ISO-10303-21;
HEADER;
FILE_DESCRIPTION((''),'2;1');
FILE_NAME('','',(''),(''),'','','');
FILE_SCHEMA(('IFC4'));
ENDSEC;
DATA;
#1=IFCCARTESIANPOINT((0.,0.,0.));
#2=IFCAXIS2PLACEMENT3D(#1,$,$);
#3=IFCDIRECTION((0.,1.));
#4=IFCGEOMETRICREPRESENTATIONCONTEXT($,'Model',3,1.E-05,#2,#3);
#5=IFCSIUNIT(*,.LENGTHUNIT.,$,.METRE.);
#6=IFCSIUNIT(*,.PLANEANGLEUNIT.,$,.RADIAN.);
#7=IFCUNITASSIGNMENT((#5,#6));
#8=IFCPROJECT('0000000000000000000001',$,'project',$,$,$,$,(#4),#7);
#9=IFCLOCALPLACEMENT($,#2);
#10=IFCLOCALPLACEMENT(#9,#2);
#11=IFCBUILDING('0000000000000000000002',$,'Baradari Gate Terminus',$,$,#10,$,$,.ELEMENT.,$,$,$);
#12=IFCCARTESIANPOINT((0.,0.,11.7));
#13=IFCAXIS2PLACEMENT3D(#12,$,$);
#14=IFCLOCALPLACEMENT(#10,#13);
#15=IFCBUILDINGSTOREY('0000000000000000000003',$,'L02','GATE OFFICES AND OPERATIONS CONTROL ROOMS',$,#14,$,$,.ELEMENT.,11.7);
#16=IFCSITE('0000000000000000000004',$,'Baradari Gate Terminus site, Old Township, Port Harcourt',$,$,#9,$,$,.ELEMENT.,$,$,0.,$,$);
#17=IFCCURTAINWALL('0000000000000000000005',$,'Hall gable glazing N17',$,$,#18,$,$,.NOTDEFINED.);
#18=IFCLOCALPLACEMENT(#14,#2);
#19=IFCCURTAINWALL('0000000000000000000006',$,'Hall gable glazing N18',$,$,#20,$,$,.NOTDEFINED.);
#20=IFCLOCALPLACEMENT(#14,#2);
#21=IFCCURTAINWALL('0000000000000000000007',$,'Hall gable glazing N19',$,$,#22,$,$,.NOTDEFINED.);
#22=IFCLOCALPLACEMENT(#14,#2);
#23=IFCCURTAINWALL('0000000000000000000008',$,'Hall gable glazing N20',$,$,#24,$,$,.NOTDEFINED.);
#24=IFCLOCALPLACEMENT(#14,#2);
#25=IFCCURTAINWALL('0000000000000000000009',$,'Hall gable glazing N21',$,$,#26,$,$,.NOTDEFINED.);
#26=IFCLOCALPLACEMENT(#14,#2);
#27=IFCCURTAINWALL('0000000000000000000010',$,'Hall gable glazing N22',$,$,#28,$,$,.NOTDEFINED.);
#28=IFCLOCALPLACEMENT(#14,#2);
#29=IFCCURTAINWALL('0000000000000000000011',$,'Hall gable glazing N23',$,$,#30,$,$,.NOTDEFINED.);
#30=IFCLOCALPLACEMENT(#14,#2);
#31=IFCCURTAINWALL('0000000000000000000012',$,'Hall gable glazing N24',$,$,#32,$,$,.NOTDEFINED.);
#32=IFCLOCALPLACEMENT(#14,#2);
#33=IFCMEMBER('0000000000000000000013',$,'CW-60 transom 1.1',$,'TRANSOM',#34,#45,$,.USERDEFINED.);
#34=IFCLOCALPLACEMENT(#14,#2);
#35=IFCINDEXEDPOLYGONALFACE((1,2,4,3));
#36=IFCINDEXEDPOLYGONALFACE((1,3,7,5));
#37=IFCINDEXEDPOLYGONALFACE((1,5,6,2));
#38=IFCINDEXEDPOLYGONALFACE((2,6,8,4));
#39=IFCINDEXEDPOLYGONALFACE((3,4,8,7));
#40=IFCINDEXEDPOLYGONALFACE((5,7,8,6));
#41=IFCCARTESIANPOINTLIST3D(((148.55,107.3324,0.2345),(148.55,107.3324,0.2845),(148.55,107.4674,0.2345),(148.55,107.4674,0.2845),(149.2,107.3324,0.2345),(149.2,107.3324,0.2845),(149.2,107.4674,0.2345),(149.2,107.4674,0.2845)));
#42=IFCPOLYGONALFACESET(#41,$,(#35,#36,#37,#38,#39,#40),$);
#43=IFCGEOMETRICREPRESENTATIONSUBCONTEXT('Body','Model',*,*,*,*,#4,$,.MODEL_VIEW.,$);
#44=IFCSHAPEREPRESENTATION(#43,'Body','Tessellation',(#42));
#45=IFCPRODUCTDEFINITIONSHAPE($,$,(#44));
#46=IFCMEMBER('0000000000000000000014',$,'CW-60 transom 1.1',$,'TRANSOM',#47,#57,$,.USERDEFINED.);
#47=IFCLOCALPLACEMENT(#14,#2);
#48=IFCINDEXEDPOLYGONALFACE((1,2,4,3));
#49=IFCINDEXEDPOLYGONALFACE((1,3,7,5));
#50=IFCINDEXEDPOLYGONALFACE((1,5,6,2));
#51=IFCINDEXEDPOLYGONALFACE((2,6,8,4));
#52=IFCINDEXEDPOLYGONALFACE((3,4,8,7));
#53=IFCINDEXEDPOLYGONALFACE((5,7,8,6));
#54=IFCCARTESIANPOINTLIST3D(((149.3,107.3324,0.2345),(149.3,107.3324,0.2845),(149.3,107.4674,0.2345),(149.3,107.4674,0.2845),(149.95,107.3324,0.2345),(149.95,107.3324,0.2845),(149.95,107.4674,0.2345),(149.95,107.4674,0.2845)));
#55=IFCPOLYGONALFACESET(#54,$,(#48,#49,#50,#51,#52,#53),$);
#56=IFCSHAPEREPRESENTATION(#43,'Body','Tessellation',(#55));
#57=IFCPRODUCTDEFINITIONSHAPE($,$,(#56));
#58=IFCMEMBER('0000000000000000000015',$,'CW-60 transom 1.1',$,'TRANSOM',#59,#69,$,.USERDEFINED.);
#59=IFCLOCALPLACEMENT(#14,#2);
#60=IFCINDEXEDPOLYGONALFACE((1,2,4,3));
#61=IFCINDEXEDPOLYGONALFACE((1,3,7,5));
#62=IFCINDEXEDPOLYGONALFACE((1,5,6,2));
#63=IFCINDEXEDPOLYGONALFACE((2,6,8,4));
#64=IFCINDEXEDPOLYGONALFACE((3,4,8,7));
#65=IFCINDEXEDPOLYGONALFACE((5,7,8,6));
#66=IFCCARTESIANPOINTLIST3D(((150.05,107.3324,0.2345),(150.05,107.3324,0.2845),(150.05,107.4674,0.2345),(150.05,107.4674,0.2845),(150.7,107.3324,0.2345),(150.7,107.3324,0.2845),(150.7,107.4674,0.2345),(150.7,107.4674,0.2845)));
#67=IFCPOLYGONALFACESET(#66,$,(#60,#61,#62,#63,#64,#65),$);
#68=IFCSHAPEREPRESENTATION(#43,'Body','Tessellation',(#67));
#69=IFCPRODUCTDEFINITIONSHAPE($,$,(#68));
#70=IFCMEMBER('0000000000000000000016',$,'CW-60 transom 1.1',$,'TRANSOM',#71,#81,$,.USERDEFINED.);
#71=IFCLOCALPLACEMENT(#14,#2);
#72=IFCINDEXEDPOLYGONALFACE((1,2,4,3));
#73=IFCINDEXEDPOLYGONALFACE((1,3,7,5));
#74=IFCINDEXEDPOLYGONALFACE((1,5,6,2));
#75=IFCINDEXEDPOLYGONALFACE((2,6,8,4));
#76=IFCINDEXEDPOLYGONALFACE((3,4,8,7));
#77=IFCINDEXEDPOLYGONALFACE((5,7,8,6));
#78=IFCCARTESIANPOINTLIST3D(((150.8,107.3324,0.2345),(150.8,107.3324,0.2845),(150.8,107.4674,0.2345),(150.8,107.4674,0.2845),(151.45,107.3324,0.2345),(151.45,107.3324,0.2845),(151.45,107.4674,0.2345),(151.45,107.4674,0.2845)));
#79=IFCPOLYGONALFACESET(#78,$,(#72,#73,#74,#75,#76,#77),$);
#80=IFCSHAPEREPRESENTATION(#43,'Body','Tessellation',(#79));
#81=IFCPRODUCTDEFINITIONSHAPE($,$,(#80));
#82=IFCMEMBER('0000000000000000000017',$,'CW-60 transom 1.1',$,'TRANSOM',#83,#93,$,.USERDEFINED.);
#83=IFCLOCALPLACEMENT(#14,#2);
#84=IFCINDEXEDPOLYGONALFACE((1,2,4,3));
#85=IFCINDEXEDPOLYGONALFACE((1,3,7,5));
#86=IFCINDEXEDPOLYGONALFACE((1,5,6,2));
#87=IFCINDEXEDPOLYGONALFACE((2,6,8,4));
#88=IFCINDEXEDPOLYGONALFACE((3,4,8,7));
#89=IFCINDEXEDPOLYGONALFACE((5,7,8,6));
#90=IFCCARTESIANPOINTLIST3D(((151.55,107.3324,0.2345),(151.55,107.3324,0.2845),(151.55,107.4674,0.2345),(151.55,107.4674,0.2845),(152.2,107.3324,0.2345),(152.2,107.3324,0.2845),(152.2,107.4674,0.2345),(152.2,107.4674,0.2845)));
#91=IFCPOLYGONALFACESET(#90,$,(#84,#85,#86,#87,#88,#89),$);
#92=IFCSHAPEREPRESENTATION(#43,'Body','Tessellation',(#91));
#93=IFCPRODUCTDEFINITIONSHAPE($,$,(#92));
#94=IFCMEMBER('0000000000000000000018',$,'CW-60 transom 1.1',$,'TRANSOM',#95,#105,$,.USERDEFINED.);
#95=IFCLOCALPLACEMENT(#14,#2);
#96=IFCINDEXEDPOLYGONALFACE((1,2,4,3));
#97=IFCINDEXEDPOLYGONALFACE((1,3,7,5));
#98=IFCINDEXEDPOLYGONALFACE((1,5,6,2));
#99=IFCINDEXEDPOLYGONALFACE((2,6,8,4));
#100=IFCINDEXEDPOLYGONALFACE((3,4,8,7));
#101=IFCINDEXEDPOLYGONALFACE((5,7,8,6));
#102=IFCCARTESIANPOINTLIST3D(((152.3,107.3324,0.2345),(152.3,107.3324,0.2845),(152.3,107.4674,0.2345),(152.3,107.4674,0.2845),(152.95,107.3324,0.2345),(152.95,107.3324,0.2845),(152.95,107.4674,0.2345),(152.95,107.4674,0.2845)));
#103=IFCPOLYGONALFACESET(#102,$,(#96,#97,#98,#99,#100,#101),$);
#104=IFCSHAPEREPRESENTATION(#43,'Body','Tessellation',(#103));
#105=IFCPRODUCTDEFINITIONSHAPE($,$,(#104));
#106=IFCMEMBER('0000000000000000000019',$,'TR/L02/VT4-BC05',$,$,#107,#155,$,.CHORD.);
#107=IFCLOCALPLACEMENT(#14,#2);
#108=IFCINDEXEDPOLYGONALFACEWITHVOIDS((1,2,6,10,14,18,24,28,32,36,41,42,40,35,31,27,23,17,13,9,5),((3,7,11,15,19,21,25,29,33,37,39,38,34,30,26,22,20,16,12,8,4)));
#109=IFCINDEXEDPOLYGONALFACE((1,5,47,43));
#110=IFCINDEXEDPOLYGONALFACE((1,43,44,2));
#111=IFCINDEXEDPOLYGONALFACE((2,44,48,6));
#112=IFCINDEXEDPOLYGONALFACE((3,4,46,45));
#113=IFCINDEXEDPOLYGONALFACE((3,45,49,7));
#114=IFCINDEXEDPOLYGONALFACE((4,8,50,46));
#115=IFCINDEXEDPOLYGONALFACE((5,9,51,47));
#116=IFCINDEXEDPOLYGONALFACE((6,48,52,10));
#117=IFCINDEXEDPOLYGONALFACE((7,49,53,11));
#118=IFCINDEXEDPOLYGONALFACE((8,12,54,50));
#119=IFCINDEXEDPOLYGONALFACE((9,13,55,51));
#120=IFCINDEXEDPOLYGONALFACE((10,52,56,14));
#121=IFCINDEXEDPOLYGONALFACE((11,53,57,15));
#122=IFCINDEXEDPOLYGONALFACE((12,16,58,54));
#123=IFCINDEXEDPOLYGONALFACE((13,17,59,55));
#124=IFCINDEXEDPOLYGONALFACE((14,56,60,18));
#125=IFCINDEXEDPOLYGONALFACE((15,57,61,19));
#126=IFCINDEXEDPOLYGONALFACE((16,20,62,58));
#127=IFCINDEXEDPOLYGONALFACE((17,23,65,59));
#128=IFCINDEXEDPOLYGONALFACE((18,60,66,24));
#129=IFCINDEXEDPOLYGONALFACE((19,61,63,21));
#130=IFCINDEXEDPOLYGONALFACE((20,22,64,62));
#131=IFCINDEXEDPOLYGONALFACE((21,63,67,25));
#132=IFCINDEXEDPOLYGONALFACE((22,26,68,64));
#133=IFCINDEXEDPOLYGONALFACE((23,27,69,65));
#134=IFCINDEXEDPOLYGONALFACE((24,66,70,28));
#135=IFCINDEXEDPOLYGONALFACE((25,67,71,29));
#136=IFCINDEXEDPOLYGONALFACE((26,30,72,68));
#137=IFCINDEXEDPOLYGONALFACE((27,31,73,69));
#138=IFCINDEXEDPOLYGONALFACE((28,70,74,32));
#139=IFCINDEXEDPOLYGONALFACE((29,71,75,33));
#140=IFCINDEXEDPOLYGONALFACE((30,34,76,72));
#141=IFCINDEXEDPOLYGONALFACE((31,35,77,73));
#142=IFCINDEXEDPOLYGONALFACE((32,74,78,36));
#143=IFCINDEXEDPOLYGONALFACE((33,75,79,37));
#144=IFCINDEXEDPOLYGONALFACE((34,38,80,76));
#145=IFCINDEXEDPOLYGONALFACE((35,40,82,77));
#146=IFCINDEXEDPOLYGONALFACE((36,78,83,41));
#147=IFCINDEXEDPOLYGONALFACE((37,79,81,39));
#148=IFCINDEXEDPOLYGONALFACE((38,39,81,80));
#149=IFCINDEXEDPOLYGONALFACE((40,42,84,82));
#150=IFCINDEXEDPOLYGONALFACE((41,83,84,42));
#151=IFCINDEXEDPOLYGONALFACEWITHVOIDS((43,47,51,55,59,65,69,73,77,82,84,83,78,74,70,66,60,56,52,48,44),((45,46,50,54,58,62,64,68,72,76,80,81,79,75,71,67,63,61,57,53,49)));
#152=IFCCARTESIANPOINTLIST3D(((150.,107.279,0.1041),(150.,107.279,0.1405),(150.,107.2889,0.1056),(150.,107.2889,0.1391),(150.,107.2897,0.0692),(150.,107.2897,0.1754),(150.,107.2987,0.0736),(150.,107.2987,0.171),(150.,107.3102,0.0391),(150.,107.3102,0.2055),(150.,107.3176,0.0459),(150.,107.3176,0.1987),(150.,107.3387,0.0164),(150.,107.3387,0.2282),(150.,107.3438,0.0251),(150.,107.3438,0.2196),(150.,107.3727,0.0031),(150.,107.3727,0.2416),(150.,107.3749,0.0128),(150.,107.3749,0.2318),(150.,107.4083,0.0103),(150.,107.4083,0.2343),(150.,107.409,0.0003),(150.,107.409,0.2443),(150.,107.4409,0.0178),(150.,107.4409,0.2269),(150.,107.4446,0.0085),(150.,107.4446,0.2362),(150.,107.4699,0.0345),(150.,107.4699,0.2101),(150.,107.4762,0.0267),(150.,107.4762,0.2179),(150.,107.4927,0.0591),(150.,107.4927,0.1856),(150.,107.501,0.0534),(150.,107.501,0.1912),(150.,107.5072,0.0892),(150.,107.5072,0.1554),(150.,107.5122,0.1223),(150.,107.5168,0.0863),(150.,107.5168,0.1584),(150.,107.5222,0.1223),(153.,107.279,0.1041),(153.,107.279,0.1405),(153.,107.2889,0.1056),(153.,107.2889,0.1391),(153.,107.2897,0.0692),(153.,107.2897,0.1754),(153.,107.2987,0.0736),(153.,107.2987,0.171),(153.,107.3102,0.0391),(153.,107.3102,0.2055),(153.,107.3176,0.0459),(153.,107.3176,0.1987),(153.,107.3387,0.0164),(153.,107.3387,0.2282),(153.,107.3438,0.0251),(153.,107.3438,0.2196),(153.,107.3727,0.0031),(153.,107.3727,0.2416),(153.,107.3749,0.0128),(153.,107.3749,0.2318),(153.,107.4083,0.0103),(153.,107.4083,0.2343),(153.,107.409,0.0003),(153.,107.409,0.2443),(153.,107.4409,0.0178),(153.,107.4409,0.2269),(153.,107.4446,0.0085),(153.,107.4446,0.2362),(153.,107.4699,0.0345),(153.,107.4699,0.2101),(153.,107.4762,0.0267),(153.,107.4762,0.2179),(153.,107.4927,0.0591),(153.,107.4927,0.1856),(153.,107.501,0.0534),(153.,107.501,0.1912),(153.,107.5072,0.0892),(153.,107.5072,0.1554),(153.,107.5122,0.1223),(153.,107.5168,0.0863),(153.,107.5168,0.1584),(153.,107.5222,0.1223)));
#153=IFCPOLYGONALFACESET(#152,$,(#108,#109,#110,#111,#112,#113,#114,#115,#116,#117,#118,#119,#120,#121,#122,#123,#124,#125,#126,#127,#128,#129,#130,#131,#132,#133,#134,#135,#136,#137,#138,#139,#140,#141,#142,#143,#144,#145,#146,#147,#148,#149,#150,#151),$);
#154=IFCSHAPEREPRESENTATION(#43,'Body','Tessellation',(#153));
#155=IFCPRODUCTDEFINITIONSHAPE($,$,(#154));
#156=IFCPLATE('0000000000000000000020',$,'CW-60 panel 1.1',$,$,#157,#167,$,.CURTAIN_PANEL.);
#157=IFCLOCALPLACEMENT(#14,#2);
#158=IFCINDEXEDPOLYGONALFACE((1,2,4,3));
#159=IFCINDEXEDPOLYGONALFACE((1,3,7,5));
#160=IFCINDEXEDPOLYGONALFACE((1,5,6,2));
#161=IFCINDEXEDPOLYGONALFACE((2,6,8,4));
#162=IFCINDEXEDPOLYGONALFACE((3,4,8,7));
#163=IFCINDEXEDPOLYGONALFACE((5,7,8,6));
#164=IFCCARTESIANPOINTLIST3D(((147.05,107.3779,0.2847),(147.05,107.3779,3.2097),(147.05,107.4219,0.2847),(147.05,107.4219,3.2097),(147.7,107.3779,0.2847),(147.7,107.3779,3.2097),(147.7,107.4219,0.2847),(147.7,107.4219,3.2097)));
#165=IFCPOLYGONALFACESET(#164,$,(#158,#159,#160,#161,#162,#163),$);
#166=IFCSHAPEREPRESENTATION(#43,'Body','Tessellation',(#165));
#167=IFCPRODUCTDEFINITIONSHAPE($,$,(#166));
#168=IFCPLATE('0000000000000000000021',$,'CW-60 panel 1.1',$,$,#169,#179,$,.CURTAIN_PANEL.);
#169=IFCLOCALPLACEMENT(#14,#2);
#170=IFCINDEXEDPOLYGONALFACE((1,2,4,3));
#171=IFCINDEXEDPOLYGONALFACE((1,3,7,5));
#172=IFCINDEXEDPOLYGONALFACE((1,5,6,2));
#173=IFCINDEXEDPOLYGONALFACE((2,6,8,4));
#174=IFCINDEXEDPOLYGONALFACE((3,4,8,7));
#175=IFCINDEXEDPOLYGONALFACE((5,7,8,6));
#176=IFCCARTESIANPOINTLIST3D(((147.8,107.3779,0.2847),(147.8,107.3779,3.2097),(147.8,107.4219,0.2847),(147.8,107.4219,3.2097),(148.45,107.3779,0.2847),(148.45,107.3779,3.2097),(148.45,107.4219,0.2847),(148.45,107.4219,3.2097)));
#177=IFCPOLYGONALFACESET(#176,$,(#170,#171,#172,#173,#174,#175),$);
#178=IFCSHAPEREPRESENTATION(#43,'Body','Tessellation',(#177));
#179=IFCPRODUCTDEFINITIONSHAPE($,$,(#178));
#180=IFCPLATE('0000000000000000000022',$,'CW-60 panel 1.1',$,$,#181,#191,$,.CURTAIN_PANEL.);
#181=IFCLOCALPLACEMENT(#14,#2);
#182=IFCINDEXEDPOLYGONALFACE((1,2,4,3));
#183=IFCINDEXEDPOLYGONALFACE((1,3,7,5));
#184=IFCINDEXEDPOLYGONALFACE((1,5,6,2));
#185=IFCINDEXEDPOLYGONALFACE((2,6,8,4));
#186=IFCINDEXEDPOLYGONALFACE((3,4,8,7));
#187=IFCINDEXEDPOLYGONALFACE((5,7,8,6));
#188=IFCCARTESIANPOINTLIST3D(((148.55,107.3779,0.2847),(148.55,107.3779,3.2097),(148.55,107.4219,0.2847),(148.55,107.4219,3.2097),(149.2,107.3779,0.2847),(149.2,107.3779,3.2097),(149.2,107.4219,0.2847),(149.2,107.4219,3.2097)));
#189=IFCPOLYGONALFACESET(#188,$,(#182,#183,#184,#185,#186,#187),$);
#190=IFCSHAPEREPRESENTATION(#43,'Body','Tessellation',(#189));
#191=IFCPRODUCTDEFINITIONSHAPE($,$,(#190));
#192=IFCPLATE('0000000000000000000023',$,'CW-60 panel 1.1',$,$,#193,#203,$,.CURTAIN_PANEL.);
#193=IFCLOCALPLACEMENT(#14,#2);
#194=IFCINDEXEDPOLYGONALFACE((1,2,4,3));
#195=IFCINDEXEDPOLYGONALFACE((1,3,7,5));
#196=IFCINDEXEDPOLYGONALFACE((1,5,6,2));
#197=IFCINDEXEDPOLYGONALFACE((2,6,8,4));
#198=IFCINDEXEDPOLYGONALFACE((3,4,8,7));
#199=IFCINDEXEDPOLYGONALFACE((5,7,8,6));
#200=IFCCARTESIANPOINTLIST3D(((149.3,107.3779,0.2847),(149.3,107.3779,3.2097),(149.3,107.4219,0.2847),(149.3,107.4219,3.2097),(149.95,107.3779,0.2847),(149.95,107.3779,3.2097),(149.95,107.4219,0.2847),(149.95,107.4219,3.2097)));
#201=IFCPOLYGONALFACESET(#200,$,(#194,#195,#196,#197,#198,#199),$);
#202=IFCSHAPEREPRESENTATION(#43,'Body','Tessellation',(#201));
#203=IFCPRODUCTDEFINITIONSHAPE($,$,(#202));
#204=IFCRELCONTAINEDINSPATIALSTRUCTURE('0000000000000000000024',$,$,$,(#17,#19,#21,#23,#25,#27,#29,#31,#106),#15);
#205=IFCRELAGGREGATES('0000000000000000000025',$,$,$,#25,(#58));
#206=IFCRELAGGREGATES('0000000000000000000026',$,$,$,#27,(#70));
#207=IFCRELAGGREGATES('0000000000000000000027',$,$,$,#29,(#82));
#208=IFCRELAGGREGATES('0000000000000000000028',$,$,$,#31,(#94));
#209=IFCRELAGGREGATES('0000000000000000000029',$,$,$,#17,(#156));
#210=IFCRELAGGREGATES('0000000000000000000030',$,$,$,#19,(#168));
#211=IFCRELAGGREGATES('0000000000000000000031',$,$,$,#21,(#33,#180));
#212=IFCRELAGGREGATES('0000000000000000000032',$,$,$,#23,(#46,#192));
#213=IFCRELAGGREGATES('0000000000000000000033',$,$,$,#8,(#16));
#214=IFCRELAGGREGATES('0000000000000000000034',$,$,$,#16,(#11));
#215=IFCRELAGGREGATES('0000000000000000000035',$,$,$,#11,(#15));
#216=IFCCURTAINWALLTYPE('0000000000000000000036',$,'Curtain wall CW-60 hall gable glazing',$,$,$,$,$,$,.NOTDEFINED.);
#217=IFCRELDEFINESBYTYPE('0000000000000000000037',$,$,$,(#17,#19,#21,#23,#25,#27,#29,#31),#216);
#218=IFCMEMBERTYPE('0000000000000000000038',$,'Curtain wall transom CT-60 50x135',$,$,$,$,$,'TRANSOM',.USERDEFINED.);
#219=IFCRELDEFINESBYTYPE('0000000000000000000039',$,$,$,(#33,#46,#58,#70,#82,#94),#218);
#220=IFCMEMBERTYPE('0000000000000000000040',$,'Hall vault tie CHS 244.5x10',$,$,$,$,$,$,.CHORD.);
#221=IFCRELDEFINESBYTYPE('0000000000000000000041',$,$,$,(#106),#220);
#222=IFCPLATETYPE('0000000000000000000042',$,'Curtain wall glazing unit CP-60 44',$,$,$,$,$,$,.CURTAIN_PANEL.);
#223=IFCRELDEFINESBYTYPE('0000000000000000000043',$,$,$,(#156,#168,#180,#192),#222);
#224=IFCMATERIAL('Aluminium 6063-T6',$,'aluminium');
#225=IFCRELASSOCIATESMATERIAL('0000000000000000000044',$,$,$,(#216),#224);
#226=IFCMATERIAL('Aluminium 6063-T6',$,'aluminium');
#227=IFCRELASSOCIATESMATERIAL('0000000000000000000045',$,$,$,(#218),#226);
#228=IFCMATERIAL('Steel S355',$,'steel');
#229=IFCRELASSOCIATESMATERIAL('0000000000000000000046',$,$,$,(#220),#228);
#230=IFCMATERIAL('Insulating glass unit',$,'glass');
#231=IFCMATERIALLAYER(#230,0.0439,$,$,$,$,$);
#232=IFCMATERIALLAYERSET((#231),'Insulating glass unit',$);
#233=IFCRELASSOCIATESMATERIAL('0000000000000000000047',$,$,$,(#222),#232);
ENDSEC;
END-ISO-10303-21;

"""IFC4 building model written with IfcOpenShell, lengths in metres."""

from ifc_helpers import new_model, si_unit, direction, frame, origin, origin_2d, place, context, subcontext, project, spatial, rectangle, hollow_circle, extrude, material, layer, layer_set, material_profile, profile_set, type_object, element, aggregate, save


model = new_model("IFC4")

# Units and contexts
model_context = context("Model", 3, precision=1e-05, world=origin(), true_north=direction((0.0, 1.0)))
body_context = subcontext(model_context, "Body", "Model", "MODEL_VIEW")
ifc_project = project(units=[si_unit("LENGTHUNIT", "METRE"), si_unit("PLANEANGLEUNIT", "RADIAN")], contexts=[model_context])

# Site, building, storey
site_placement = place(None, origin())
site = spatial("IfcSite", under=ifc_project, at=site_placement, Name="Baradari Gate Terminus site, Old Township, Port Harcourt", CompositionType="ELEMENT", RefElevation=0.0)
building_placement = place(site_placement, origin())
building = spatial("IfcBuilding", under=site, at=building_placement, Name="Baradari Gate Terminus", CompositionType="ELEMENT")
storey_placement = place(building_placement, frame((0.0, 0.0, 11.7)))
storey = spatial("IfcBuildingStorey", under=building, at=storey_placement, Name="L02", Description="GATE OFFICES AND OPERATIONS CONTROL ROOMS", CompositionType="ELEMENT", Elevation=11.7)

# Curtain wall
ifc_material_1 = material(Name="Aluminium 6063-T6", Category="aluminium")
curtain_wall_type = type_object("IfcCurtainWallType", Name="Curtain wall CW-60 hall gable glazing", PredefinedType="NOTDEFINED", material=ifc_material_1)
curtain_wall_1_placement = place(storey_placement, origin())
curtain_wall_1 = element("IfcCurtainWall", 1, at=curtain_wall_1_placement, inside=storey, type_object=curtain_wall_type, Name="Hall gable glazing N17", PredefinedType="NOTDEFINED")

# Curtain walls
curtain_wall_2_placement = place(storey_placement, origin())
curtain_wall_2 = element("IfcCurtainWall", 2, at=curtain_wall_2_placement, inside=storey, type_object=curtain_wall_type, Name="Hall gable glazing N18", PredefinedType="NOTDEFINED")
curtain_wall_3_placement = place(storey_placement, origin())
curtain_wall_3 = element("IfcCurtainWall", 3, at=curtain_wall_3_placement, inside=storey, type_object=curtain_wall_type, Name="Hall gable glazing N19", PredefinedType="NOTDEFINED")
curtain_wall_4_placement = place(storey_placement, origin())
curtain_wall_4 = element("IfcCurtainWall", 4, at=curtain_wall_4_placement, inside=storey, type_object=curtain_wall_type, Name="Hall gable glazing N20", PredefinedType="NOTDEFINED")
curtain_wall_5_placement = place(storey_placement, origin())
curtain_wall_5 = element("IfcCurtainWall", 5, at=curtain_wall_5_placement, inside=storey, type_object=curtain_wall_type, Name="Hall gable glazing N21", PredefinedType="NOTDEFINED")
curtain_wall_6_placement = place(storey_placement, origin())
curtain_wall_6 = element("IfcCurtainWall", 6, at=curtain_wall_6_placement, inside=storey, type_object=curtain_wall_type, Name="Hall gable glazing N22", PredefinedType="NOTDEFINED")
curtain_wall_7_placement = place(storey_placement, origin())
curtain_wall_7 = element("IfcCurtainWall", 7, at=curtain_wall_7_placement, inside=storey, type_object=curtain_wall_type, Name="Hall gable glazing N23", PredefinedType="NOTDEFINED")

# Curtain wall
curtain_wall_8_placement = place(storey_placement, origin())
curtain_wall_8 = element("IfcCurtainWall", 8, at=curtain_wall_8_placement, inside=storey, type_object=curtain_wall_type, Name="Hall gable glazing N24", PredefinedType="NOTDEFINED")

# Members
ifc_material_2 = material(Name="Aluminium 6063-T6", Category="aluminium")
ifc_material_profile_1 = material_profile(ifc_material_2, rectangle(XDim=0.135, YDim=0.05, at=origin_2d()), Name="CT-60 50X135")
ifc_profile_set_1 = profile_set([ifc_material_profile_1], Name="Aluminium 6063-T6")
member_type_1 = type_object("IfcMemberType", Name="Curtain wall transom CT-60 50x135", ElementType="TRANSOM", PredefinedType="USERDEFINED", material=ifc_profile_set_1)
member_1_placement = place(storey_placement, frame((148.55, 107.3999, 0.2595), z_axis=(1.0, 0.0, 0.0), x_axis=(0.0, 1.0, 0.0)))
member_1 = element("IfcMember", 9, at=member_1_placement, type_object=member_type_1, Name="CW-60 transom 1.1", ObjectType="TRANSOM", PredefinedType="USERDEFINED", context=body_context, shape_type="SweptSolid", body=[
    extrude(rectangle(XDim=0.135, YDim=0.05, at=origin_2d()), origin(), (0.0, 0.0, 1.0), 0.6499),
])
member_2_placement = place(storey_placement, frame((149.3, 107.3999, 0.2595), z_axis=(1.0, 0.0, 0.0), x_axis=(0.0, 1.0, 0.0)))
member_2 = element("IfcMember", 10, at=member_2_placement, type_object=member_type_1, Name="CW-60 transom 1.1", ObjectType="TRANSOM", PredefinedType="USERDEFINED", context=body_context, shape_type="SweptSolid", body=[
    extrude(rectangle(XDim=0.135, YDim=0.05, at=origin_2d()), origin(), (0.0, 0.0, 1.0), 0.6499),
])
member_3_placement = place(storey_placement, frame((150.05, 107.3999, 0.2595), z_axis=(1.0, 0.0, 0.0), x_axis=(0.0, 1.0, 0.0)))
member_3 = element("IfcMember", 11, at=member_3_placement, type_object=member_type_1, Name="CW-60 transom 1.1", ObjectType="TRANSOM", PredefinedType="USERDEFINED", context=body_context, shape_type="SweptSolid", body=[
    extrude(rectangle(XDim=0.135, YDim=0.05, at=origin_2d()), origin(), (0.0, 0.0, 1.0), 0.6499),
])
aggregate(curtain_wall_5, [member_3])
member_4_placement = place(storey_placement, frame((150.8, 107.3999, 0.2595), z_axis=(1.0, 0.0, 0.0), x_axis=(0.0, 1.0, 0.0)))
member_4 = element("IfcMember", 12, at=member_4_placement, type_object=member_type_1, Name="CW-60 transom 1.1", ObjectType="TRANSOM", PredefinedType="USERDEFINED", context=body_context, shape_type="SweptSolid", body=[
    extrude(rectangle(XDim=0.135, YDim=0.05, at=origin_2d()), origin(), (0.0, 0.0, 1.0), 0.6499),
])
aggregate(curtain_wall_6, [member_4])
member_5_placement = place(storey_placement, frame((151.55, 107.3999, 0.2595), z_axis=(1.0, 0.0, 0.0), x_axis=(0.0, 1.0, 0.0)))
member_5 = element("IfcMember", 13, at=member_5_placement, type_object=member_type_1, Name="CW-60 transom 1.1", ObjectType="TRANSOM", PredefinedType="USERDEFINED", context=body_context, shape_type="SweptSolid", body=[
    extrude(rectangle(XDim=0.135, YDim=0.05, at=origin_2d()), origin(), (0.0, 0.0, 1.0), 0.6499),
])
aggregate(curtain_wall_7, [member_5])
member_6_placement = place(storey_placement, frame((152.3, 107.3999, 0.2595), z_axis=(1.0, 0.0, 0.0), x_axis=(0.0, 1.0, 0.0)))
member_6 = element("IfcMember", 14, at=member_6_placement, type_object=member_type_1, Name="CW-60 transom 1.1", ObjectType="TRANSOM", PredefinedType="USERDEFINED", context=body_context, shape_type="SweptSolid", body=[
    extrude(rectangle(XDim=0.135, YDim=0.05, at=origin_2d()), origin(), (0.0, 0.0, 1.0), 0.6499),
])
aggregate(curtain_wall_8, [member_6])
ifc_material_3 = material(Name="Steel S355", Category="steel")
ifc_material_profile_2 = material_profile(ifc_material_3, hollow_circle(Radius=0.1223, WallThickness=0.01, at=origin_2d()), Name="CHS 244.5x10")
ifc_profile_set_2 = profile_set([ifc_material_profile_2], Name="Steel S355")
member_type_2 = type_object("IfcMemberType", Name="Hall vault tie CHS 244.5x10", PredefinedType="CHORD", material=ifc_profile_set_2)
member_7_placement = place(storey_placement, frame((150.0, 107.3999, 0.1223), z_axis=(1.0, 0.0, 0.0), x_axis=(0.0, 1.0, 0.0)))
element("IfcMember", 15, at=member_7_placement, inside=storey, type_object=member_type_2, Name="TR/L02/VT4-BC05", PredefinedType="CHORD", context=body_context, shape_type="SweptSolid", body=[
    extrude(hollow_circle(Radius=0.1223, WallThickness=0.01, at=origin_2d()), origin(), (0.0, 0.0, 1.0), 3.0),
])

# Plates
ifc_material_4 = material(Name="Insulating glass unit", Category="glass")
ifc_layer = layer(ifc_material_4, 0.0439)
ifc_layer_set = layer_set([ifc_layer], Name="Insulating glass unit")
plate_type = type_object("IfcPlateType", Name="Curtain wall glazing unit CP-60 44", PredefinedType="CURTAIN_PANEL", material=ifc_layer_set)
plate_1_placement = place(storey_placement, frame((147.375, 107.3999, 0.2847), z_axis=(0.0, 0.0, 1.0), x_axis=(1.0, 0.0, 0.0)))
plate_1 = element("IfcPlate", 16, at=plate_1_placement, type_object=plate_type, Name="CW-60 panel 1.1", PredefinedType="CURTAIN_PANEL", context=body_context, shape_type="SweptSolid", body=[
    extrude(rectangle(XDim=0.6499, YDim=0.0439, at=origin_2d()), origin(), (0.0, 0.0, 1.0), 2.925),
])
aggregate(curtain_wall_1, [plate_1])
plate_2_placement = place(storey_placement, frame((148.125, 107.3999, 0.2847), z_axis=(0.0, 0.0, 1.0), x_axis=(1.0, 0.0, 0.0)))
plate_2 = element("IfcPlate", 17, at=plate_2_placement, type_object=plate_type, Name="CW-60 panel 1.1", PredefinedType="CURTAIN_PANEL", context=body_context, shape_type="SweptSolid", body=[
    extrude(rectangle(XDim=0.6499, YDim=0.0439, at=origin_2d()), origin(), (0.0, 0.0, 1.0), 2.925),
])
aggregate(curtain_wall_2, [plate_2])
plate_3_placement = place(storey_placement, frame((148.875, 107.3999, 0.2847), z_axis=(0.0, 0.0, 1.0), x_axis=(1.0, 0.0, 0.0)))
plate_3 = element("IfcPlate", 18, at=plate_3_placement, type_object=plate_type, Name="CW-60 panel 1.1", PredefinedType="CURTAIN_PANEL", context=body_context, shape_type="SweptSolid", body=[
    extrude(rectangle(XDim=0.6499, YDim=0.0439, at=origin_2d()), origin(), (0.0, 0.0, 1.0), 2.925),
])
aggregate(curtain_wall_3, [member_1, plate_3])
plate_4_placement = place(storey_placement, frame((149.625, 107.3999, 0.2847), z_axis=(0.0, 0.0, 1.0), x_axis=(1.0, 0.0, 0.0)))
plate_4 = element("IfcPlate", 19, at=plate_4_placement, type_object=plate_type, Name="CW-60 panel 1.1", PredefinedType="CURTAIN_PANEL", context=body_context, shape_type="SweptSolid", body=[
    extrude(rectangle(XDim=0.6499, YDim=0.0439, at=origin_2d()), origin(), (0.0, 0.0, 1.0), 2.925),
])
aggregate(curtain_wall_4, [member_2, plate_4])

save(model, "model.ifc")
